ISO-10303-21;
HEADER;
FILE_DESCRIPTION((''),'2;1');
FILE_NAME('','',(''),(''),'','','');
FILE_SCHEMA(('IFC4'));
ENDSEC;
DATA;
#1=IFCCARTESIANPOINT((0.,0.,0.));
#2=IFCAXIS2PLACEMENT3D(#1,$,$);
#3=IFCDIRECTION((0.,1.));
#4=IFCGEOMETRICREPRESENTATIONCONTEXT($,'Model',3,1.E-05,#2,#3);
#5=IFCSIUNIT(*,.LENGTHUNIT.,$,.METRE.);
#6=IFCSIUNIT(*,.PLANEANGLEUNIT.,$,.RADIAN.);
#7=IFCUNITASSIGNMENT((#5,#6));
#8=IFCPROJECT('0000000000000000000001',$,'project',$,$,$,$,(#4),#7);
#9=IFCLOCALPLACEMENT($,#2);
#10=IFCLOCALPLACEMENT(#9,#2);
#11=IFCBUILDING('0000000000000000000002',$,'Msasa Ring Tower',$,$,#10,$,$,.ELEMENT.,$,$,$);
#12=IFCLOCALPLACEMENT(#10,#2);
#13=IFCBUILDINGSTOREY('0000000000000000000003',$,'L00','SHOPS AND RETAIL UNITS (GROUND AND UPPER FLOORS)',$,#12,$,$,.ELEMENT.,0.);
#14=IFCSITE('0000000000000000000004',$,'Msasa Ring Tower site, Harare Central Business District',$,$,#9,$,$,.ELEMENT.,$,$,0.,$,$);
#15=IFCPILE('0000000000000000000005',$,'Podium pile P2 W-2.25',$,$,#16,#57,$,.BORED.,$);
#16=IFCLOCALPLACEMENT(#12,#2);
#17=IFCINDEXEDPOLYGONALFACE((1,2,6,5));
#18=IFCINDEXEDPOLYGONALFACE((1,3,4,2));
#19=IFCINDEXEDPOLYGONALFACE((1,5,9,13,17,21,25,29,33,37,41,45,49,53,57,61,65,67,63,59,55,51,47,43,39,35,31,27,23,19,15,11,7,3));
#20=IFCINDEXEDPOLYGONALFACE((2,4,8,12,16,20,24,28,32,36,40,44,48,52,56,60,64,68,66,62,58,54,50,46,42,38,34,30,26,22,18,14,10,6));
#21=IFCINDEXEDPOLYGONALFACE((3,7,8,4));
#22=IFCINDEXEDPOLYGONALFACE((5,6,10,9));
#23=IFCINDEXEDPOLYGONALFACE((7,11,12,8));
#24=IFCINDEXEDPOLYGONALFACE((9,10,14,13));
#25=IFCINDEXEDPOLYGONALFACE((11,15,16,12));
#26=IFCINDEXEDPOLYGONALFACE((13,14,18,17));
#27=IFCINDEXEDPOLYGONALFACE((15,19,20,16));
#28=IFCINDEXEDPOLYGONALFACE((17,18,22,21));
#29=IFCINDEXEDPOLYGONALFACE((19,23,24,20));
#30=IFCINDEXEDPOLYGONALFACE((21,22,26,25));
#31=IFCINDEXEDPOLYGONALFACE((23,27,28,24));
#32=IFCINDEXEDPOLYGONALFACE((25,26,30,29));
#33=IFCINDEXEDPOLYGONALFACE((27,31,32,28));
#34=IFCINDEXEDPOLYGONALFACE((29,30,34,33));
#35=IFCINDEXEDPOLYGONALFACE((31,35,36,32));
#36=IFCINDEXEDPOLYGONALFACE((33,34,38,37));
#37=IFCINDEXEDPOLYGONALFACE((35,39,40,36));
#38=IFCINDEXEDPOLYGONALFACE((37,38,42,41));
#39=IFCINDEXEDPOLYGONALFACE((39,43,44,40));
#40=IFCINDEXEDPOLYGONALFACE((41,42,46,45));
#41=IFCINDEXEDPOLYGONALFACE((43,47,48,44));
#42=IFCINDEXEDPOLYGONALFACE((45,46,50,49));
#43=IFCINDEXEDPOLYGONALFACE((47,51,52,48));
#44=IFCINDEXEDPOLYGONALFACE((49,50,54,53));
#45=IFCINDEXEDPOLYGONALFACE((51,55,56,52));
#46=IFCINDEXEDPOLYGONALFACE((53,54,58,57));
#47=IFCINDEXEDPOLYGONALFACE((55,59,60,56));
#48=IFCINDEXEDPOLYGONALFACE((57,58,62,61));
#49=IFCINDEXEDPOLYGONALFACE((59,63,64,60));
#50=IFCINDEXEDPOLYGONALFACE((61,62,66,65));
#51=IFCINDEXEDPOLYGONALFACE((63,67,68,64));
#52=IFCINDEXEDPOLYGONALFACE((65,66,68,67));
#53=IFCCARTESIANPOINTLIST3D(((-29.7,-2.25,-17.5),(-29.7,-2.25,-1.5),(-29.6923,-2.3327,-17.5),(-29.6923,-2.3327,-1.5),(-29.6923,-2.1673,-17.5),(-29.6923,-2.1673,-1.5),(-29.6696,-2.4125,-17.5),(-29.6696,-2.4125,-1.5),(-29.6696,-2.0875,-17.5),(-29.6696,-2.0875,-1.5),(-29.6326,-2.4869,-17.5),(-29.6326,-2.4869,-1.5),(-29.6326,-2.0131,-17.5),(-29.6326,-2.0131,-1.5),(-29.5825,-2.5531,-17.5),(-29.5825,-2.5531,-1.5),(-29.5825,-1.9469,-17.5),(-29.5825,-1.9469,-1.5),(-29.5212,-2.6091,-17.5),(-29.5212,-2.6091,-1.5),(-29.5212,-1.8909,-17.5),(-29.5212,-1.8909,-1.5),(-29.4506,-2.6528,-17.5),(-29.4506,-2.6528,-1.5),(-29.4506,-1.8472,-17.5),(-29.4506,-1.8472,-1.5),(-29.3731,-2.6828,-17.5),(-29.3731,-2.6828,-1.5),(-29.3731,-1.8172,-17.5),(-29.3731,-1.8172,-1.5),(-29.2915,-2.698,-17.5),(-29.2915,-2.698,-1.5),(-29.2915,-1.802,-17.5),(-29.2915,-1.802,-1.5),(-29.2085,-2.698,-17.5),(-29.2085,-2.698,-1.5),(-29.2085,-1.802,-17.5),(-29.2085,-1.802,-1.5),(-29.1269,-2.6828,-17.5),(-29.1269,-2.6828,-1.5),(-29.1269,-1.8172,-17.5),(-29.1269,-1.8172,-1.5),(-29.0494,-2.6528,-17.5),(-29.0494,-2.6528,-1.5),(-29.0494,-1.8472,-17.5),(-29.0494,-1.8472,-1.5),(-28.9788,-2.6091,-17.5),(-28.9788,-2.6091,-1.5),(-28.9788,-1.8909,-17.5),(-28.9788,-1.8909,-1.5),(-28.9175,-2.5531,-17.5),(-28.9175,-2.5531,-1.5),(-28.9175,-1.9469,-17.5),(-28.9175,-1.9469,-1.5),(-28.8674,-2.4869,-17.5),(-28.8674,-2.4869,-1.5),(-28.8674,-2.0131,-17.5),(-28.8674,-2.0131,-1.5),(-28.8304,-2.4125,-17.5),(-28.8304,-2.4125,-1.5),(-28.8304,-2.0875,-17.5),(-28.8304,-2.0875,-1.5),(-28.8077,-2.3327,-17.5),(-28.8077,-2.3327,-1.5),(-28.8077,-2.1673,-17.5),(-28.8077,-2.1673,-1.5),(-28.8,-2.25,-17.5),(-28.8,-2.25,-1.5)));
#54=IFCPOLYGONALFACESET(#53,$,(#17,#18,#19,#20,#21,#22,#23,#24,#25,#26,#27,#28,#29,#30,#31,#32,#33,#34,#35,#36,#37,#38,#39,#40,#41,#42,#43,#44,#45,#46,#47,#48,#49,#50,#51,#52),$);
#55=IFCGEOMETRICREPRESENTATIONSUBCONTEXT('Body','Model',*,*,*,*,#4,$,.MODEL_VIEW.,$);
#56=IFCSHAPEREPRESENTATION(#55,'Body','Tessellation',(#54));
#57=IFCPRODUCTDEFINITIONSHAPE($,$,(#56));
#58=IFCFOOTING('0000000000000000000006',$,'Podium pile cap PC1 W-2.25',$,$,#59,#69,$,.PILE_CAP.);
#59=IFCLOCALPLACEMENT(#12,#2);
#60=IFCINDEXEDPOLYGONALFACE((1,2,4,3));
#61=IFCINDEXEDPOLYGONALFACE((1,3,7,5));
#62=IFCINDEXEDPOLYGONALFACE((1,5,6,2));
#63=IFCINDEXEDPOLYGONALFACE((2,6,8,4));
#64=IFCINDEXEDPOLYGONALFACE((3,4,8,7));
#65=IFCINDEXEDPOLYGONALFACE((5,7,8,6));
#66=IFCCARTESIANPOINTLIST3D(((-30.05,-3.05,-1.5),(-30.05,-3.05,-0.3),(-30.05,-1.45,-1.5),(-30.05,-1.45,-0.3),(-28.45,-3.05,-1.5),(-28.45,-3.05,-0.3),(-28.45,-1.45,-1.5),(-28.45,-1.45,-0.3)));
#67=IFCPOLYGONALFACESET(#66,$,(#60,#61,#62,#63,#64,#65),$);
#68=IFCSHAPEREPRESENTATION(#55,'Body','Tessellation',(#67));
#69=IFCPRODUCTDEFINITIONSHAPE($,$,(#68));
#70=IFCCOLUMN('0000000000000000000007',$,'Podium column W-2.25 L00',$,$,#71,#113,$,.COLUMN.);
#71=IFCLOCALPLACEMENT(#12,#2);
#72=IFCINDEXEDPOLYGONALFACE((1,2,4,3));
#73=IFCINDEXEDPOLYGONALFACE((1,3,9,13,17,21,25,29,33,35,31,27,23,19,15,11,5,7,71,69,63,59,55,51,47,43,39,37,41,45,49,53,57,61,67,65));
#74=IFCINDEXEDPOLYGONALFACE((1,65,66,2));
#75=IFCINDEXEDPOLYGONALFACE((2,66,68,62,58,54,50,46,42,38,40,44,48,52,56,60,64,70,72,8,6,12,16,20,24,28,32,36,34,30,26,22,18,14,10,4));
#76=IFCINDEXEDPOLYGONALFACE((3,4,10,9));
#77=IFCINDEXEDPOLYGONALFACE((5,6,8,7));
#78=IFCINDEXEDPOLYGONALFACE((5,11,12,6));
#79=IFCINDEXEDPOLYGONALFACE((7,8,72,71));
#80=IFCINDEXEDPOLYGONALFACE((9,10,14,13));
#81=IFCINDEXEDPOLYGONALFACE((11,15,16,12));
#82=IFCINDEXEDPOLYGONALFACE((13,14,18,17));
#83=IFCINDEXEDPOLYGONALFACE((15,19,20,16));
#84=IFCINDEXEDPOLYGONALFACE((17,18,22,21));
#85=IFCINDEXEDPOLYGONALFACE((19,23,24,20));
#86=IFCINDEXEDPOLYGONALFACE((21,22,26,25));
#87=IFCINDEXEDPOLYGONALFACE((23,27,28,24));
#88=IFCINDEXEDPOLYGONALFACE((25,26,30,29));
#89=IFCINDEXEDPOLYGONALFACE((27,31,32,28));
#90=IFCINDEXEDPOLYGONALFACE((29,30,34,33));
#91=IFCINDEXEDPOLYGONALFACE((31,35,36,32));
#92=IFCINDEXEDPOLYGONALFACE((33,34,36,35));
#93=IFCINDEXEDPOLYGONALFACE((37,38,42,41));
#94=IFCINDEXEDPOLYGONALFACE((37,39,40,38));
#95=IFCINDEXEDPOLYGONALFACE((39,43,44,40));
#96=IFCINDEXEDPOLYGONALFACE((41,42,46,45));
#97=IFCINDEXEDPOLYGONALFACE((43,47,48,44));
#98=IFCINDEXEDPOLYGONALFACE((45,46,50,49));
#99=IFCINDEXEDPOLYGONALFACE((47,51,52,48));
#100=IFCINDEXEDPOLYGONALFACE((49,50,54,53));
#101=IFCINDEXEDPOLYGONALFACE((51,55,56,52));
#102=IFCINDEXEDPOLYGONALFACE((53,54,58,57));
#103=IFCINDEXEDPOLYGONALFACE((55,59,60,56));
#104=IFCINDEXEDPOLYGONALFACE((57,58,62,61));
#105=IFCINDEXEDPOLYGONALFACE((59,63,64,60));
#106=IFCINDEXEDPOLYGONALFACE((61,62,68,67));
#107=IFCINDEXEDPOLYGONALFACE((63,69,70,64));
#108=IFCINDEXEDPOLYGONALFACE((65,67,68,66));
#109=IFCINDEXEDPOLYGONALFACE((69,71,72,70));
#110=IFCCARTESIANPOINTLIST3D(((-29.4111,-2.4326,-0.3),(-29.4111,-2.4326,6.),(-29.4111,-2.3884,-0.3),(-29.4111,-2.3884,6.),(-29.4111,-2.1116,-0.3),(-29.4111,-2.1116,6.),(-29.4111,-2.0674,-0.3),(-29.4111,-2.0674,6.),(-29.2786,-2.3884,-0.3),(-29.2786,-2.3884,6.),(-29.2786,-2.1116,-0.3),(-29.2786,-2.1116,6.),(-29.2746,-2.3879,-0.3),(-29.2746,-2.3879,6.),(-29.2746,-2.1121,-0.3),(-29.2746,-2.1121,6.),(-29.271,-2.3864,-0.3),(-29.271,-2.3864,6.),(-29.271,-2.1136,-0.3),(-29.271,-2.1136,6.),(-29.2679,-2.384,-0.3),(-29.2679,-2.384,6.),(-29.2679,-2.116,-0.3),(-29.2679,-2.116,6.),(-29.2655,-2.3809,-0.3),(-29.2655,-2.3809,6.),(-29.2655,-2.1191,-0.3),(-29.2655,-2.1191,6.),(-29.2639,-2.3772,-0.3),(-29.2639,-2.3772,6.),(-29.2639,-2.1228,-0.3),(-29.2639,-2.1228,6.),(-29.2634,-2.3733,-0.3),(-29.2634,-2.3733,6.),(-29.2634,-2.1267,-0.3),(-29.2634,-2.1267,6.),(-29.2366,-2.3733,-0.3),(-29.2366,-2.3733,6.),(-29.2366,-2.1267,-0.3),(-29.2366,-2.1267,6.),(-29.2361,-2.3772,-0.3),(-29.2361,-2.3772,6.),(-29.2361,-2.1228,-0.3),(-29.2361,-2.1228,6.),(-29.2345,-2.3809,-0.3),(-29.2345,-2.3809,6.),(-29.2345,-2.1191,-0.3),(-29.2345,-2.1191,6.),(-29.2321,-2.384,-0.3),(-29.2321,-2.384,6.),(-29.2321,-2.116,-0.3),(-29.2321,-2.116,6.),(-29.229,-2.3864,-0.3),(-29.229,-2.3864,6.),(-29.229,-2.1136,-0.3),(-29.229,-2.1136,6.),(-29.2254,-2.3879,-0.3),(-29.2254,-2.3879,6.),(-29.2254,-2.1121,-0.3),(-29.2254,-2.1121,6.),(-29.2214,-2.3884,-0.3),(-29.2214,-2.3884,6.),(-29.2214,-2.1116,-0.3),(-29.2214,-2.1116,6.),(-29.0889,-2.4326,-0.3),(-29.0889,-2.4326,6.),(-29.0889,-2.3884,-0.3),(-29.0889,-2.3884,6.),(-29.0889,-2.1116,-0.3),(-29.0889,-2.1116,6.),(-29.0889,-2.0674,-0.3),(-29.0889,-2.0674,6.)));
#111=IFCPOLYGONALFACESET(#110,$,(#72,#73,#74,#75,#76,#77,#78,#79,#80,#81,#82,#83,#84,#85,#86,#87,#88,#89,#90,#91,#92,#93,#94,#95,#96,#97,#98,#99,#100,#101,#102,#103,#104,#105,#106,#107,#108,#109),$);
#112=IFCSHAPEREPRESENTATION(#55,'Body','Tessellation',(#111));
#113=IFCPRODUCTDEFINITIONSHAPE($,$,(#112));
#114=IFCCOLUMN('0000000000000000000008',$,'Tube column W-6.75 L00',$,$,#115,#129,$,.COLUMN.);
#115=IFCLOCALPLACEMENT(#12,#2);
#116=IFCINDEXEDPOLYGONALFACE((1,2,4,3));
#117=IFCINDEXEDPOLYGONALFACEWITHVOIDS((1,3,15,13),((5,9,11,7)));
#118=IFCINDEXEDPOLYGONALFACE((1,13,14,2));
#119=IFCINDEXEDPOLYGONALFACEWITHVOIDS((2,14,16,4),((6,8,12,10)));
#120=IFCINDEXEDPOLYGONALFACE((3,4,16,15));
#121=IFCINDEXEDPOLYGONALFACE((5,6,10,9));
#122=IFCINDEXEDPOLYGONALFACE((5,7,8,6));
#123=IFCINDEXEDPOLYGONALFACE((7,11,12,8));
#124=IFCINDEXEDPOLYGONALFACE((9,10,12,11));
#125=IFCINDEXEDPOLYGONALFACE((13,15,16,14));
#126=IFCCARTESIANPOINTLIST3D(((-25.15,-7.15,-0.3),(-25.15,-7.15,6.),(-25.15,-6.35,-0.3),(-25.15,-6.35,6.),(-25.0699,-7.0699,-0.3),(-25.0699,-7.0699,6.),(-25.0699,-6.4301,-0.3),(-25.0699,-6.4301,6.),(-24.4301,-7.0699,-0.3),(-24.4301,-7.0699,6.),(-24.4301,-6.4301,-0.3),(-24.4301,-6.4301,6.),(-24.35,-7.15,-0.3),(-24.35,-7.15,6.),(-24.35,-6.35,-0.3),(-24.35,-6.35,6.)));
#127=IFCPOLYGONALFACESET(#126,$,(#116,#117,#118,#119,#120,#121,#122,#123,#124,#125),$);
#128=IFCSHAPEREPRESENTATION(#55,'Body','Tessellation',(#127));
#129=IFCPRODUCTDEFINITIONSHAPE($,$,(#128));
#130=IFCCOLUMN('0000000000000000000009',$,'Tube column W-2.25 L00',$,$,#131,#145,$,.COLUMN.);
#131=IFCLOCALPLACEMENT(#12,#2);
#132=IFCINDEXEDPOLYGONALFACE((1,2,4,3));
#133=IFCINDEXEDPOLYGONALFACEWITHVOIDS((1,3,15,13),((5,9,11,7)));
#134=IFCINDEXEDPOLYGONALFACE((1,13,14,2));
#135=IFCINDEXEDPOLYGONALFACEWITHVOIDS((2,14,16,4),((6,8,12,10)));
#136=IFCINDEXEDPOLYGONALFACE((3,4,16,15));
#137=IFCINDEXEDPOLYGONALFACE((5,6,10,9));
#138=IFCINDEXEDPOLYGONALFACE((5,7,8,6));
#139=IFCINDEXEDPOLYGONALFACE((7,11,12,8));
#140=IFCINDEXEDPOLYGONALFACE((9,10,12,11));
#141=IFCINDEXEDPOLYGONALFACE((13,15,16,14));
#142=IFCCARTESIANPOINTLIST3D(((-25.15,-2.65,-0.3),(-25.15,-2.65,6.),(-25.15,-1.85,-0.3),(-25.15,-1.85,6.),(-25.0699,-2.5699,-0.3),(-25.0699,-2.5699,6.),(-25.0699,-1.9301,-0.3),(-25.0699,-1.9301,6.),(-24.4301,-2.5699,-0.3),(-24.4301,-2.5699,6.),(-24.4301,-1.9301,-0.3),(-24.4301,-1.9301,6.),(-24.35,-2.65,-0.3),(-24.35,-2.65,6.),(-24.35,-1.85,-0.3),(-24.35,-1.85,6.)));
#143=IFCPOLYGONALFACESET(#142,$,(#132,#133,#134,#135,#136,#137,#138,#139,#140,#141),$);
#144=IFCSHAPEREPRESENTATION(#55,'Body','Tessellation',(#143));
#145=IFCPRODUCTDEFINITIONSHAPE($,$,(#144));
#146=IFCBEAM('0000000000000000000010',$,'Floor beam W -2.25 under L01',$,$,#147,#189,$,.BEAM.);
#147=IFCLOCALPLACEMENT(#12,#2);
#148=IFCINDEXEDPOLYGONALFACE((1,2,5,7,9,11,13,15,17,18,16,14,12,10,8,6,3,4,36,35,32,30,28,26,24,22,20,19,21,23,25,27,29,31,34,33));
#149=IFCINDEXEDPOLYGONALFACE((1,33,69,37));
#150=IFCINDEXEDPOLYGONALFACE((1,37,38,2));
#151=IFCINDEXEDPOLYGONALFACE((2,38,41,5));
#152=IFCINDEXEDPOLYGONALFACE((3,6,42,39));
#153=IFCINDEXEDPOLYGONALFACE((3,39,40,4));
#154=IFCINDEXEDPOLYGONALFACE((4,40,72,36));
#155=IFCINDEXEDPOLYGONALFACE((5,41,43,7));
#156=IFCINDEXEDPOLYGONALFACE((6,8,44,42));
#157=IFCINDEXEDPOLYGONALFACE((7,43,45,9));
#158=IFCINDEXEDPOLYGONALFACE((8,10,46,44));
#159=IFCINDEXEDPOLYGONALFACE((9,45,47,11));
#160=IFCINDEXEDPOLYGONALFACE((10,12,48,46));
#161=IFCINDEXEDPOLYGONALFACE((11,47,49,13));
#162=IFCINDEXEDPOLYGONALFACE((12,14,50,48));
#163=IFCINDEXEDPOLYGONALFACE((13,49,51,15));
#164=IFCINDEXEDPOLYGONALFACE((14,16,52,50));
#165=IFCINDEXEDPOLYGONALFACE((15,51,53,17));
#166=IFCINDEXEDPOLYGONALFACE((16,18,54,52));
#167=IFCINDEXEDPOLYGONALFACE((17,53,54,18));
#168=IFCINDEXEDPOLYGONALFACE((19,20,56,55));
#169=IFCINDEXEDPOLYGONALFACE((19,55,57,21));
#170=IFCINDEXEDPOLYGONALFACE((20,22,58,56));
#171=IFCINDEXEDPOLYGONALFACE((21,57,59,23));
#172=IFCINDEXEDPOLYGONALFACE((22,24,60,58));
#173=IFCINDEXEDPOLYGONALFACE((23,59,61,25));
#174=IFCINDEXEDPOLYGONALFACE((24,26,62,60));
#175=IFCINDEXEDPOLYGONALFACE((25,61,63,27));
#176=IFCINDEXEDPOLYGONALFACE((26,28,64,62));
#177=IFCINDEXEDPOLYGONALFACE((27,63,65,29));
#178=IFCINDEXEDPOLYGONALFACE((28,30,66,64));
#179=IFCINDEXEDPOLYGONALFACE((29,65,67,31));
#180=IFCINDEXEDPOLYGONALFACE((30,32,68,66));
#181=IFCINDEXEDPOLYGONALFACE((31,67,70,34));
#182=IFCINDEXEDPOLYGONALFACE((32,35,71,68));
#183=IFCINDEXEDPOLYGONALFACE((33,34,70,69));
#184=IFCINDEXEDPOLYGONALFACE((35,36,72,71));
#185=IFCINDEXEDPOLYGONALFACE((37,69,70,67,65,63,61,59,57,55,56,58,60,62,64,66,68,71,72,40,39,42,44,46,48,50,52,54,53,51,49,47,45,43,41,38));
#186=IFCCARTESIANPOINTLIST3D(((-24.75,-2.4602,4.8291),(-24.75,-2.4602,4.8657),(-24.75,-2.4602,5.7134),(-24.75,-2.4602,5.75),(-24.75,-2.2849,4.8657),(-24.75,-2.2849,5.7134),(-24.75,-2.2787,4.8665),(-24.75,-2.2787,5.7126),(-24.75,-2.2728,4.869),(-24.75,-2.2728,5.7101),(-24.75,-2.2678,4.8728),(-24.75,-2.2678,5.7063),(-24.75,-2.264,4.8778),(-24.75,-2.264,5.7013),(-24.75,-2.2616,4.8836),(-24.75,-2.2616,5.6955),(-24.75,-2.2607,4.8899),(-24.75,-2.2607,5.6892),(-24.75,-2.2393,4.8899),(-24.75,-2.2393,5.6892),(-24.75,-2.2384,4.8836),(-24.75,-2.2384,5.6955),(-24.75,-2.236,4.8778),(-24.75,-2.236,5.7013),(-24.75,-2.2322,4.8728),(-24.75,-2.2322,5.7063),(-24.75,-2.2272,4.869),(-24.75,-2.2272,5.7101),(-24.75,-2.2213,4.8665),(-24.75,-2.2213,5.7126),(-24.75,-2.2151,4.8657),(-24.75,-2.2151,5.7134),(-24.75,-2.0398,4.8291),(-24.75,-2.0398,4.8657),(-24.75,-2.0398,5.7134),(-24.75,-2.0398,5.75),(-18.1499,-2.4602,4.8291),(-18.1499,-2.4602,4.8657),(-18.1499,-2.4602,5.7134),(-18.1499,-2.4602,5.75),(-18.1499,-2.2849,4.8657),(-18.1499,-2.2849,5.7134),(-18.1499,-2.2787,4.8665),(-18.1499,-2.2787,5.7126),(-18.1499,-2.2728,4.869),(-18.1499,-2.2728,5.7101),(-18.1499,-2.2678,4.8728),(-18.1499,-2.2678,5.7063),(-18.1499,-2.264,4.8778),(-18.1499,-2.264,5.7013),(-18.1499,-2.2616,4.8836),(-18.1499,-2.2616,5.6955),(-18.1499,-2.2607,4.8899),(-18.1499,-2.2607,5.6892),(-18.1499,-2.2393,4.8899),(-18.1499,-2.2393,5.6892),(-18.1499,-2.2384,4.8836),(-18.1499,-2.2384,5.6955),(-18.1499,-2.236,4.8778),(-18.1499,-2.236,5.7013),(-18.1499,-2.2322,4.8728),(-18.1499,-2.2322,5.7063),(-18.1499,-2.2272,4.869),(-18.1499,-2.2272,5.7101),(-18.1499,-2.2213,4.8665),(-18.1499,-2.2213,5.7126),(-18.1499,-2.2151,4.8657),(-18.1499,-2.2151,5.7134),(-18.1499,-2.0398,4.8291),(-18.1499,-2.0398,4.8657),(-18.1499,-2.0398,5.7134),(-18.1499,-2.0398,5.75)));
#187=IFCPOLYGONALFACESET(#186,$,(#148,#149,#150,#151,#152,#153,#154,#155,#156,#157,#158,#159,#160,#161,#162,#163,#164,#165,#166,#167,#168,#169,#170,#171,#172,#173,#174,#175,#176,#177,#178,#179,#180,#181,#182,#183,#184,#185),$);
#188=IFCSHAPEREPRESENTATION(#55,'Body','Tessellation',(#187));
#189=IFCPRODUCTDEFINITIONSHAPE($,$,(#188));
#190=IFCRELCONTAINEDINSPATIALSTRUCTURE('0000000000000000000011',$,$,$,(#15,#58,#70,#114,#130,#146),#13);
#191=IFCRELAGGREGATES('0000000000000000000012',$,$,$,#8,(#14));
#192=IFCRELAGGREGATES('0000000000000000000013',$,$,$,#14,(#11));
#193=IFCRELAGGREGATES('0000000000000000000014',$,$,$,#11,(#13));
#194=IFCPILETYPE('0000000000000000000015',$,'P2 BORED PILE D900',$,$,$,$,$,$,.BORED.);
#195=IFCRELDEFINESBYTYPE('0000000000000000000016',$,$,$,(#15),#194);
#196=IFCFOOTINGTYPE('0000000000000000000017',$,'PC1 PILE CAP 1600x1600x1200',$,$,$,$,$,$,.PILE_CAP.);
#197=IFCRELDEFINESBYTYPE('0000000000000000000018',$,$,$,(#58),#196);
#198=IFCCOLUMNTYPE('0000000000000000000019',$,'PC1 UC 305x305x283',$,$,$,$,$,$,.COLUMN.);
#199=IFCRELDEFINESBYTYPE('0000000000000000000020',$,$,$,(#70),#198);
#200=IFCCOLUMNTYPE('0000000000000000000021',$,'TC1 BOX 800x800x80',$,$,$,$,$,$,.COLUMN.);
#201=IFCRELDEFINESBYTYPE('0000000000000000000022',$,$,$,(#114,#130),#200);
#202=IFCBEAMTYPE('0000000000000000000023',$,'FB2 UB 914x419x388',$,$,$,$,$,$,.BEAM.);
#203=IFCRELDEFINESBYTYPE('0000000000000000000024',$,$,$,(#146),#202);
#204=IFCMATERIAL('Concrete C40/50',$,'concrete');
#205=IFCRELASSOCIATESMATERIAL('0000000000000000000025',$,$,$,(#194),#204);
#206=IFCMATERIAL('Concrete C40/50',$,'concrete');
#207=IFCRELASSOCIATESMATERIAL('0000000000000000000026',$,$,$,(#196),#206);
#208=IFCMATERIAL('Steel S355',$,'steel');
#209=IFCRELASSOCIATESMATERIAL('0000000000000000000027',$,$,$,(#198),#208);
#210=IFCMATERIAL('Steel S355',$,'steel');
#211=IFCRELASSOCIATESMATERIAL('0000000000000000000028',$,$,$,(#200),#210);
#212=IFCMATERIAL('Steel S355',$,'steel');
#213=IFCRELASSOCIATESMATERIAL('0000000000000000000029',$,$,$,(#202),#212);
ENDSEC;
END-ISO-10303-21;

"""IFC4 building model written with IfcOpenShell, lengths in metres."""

from ifc_helpers import new_model, si_unit, direction, frame, origin, origin_2d, place, context, subcontext, project, spatial, rectangle, hollow_rectangle, circle, i_section, extrude, material, material_profile, profile_set, type_object, element, save


model = new_model("IFC4")

# Units and contexts
model_context = context("Model", 3, precision=1e-05, world=origin(), true_north=direction((0.0, 1.0)))
body_context = subcontext(model_context, "Body", "Model", "MODEL_VIEW")
ifc_project = project(units=[si_unit("LENGTHUNIT", "METRE"), si_unit("PLANEANGLEUNIT", "RADIAN")], contexts=[model_context])

# Site, building, storey
site_placement = place(None, origin())
site = spatial("IfcSite", under=ifc_project, at=site_placement, Name="Msasa Ring Tower site, Harare Central Business District", CompositionType="ELEMENT", RefElevation=0.0)
building_placement = place(site_placement, origin())
building = spatial("IfcBuilding", under=site, at=building_placement, Name="Msasa Ring Tower", CompositionType="ELEMENT")
storey_placement = place(building_placement, origin())
storey = spatial("IfcBuildingStorey", under=building, at=storey_placement, Name="L00", Description="SHOPS AND RETAIL UNITS (GROUND AND UPPER FLOORS)", CompositionType="ELEMENT", Elevation=0.0)

# Pile
ifc_material_1 = material(Name="Concrete C40/50", Category="concrete")
ifc_material_profile_1 = material_profile(ifc_material_1, circle(Radius=0.45, at=origin_2d()), Name="D900")
ifc_profile_set_1 = profile_set([ifc_material_profile_1], Name="Concrete C40/50")
pile_type_1 = type_object("IfcPileType", Name="P2 BORED PILE D900", PredefinedType="BORED", material=ifc_profile_set_1)
pile_placement = place(storey_placement, frame((-29.25, -2.25, -1.5), z_axis=(0.0, 0.0, -1.0), x_axis=(1.0, 0.0, 0.0)))
element("IfcPile", 1, at=pile_placement, inside=storey, type_object=pile_type_1, Name="Podium pile P2 W-2.25", PredefinedType="BORED", context=body_context, shape_type="SweptSolid", body=[
    extrude(circle(Radius=0.45, at=origin_2d()), origin(), (0.0, 0.0, 1.0), 16.0),
])

# Footing
ifc_material_2 = material(Name="Concrete C40/50", Category="concrete")
footing_type = type_object("IfcFootingType", Name="PC1 PILE CAP 1600x1600x1200", PredefinedType="PILE_CAP", material=ifc_material_2)
footing_placement = place(storey_placement, frame((-29.25, -2.25, -1.5), z_axis=(0.0, 0.0, 1.0), x_axis=(1.0, 0.0, 0.0)))
element("IfcFooting", 2, at=footing_placement, inside=storey, type_object=footing_type, Name="Podium pile cap PC1 W-2.25", PredefinedType="PILE_CAP", context=body_context, shape_type="SweptSolid", body=[
    extrude(rectangle(XDim=1.6001, YDim=1.6001, at=origin_2d()), origin(), (0.0, 0.0, 1.0), 1.2),
])

# Columns
ifc_material_3 = material(Name="Steel S355", Category="steel")
ifc_material_profile_2 = material_profile(ifc_material_3, i_section(OverallWidth=0.3223, OverallDepth=0.3652, WebThickness=0.0269, FlangeThickness=0.0442, FilletRadius=0.0151, at=origin_2d()), Name="UC 305x305x283")
ifc_profile_set_2 = profile_set([ifc_material_profile_2], Name="Steel S355")
column_type_1 = type_object("IfcColumnType", Name="PC1 UC 305x305x283", PredefinedType="COLUMN", material=ifc_profile_set_2)
column_placement = place(storey_placement, frame((-29.25, -2.25, -0.3), z_axis=(0.0, 0.0, 1.0), x_axis=(1.0, 0.0, 0.0)))
element("IfcColumn", 3, at=column_placement, inside=storey, type_object=column_type_1, Name="Podium column W-2.25 L00", PredefinedType="COLUMN", context=body_context, shape_type="SweptSolid", body=[
    extrude(i_section(OverallWidth=0.3223, OverallDepth=0.3652, WebThickness=0.0269, FlangeThickness=0.0442, FilletRadius=0.0151, at=origin_2d()), origin(), (0.0, 0.0, 1.0), 6.3),
])
ifc_material_4 = material(Name="Steel S355", Category="steel")
ifc_material_profile_3 = material_profile(ifc_material_4, hollow_rectangle(XDim=0.8, YDim=0.8, WallThickness=0.0801, at=origin_2d()), Name="BOX 800x800x80")
ifc_profile_set_3 = profile_set([ifc_material_profile_3], Name="Steel S355")
column_type_2 = type_object("IfcColumnType", Name="TC1 BOX 800x800x80", PredefinedType="COLUMN", material=ifc_profile_set_3)
for number, where, z_axis, x_axis, name in (
    (4, (-24.75, -6.75, -0.3), (0.0, 0.0, 1.0), (1.0, 0.0, 0.0), "Tube column W-6.75 L00"),
    (5, (-24.75, -2.25, -0.3), (0.0, 0.0, 1.0), (1.0, 0.0, 0.0), "Tube column W-2.25 L00"),
):
    element("IfcColumn", number, at=place(storey_placement, frame(where, z_axis=z_axis, x_axis=x_axis)), inside=storey, type_object=column_type_2, Name=name, PredefinedType="COLUMN", context=body_context, shape_type="SweptSolid", body=[
        extrude(hollow_rectangle(XDim=0.8, YDim=0.8, WallThickness=0.0801, at=origin_2d()), origin(), (0.0, 0.0, 1.0), 6.3),
    ])

# Beam
ifc_material_5 = material(Name="Steel S355", Category="steel")
ifc_material_profile_4 = material_profile(ifc_material_5, i_section(OverallWidth=0.4204, OverallDepth=0.9209, WebThickness=0.0215, FlangeThickness=0.0366, FilletRadius=0.0242, at=origin_2d()), Name="UB 914x419x388")
ifc_profile_set_4 = profile_set([ifc_material_profile_4], Name="Steel S355")
beam_type_1 = type_object("IfcBeamType", Name="FB2 UB 914x419x388", PredefinedType="BEAM", material=ifc_profile_set_4)
beam_1_placement = place(storey_placement, frame((-24.75, -2.25, 5.2896), z_axis=(1.0, 0.0, 0.0), x_axis=(0.0, 1.0, 0.0)))
element("IfcBeam", 6, at=beam_1_placement, inside=storey, type_object=beam_type_1, Name="Floor beam W -2.25 under L01", PredefinedType="BEAM", context=body_context, shape_type="SweptSolid", body=[
    extrude(i_section(OverallWidth=0.4204, OverallDepth=0.9209, WebThickness=0.0215, FlangeThickness=0.0366, FilletRadius=0.0242, at=origin_2d()), origin(), (0.0, 0.0, 1.0), 6.6001),
])

save(model, "model.ifc")
